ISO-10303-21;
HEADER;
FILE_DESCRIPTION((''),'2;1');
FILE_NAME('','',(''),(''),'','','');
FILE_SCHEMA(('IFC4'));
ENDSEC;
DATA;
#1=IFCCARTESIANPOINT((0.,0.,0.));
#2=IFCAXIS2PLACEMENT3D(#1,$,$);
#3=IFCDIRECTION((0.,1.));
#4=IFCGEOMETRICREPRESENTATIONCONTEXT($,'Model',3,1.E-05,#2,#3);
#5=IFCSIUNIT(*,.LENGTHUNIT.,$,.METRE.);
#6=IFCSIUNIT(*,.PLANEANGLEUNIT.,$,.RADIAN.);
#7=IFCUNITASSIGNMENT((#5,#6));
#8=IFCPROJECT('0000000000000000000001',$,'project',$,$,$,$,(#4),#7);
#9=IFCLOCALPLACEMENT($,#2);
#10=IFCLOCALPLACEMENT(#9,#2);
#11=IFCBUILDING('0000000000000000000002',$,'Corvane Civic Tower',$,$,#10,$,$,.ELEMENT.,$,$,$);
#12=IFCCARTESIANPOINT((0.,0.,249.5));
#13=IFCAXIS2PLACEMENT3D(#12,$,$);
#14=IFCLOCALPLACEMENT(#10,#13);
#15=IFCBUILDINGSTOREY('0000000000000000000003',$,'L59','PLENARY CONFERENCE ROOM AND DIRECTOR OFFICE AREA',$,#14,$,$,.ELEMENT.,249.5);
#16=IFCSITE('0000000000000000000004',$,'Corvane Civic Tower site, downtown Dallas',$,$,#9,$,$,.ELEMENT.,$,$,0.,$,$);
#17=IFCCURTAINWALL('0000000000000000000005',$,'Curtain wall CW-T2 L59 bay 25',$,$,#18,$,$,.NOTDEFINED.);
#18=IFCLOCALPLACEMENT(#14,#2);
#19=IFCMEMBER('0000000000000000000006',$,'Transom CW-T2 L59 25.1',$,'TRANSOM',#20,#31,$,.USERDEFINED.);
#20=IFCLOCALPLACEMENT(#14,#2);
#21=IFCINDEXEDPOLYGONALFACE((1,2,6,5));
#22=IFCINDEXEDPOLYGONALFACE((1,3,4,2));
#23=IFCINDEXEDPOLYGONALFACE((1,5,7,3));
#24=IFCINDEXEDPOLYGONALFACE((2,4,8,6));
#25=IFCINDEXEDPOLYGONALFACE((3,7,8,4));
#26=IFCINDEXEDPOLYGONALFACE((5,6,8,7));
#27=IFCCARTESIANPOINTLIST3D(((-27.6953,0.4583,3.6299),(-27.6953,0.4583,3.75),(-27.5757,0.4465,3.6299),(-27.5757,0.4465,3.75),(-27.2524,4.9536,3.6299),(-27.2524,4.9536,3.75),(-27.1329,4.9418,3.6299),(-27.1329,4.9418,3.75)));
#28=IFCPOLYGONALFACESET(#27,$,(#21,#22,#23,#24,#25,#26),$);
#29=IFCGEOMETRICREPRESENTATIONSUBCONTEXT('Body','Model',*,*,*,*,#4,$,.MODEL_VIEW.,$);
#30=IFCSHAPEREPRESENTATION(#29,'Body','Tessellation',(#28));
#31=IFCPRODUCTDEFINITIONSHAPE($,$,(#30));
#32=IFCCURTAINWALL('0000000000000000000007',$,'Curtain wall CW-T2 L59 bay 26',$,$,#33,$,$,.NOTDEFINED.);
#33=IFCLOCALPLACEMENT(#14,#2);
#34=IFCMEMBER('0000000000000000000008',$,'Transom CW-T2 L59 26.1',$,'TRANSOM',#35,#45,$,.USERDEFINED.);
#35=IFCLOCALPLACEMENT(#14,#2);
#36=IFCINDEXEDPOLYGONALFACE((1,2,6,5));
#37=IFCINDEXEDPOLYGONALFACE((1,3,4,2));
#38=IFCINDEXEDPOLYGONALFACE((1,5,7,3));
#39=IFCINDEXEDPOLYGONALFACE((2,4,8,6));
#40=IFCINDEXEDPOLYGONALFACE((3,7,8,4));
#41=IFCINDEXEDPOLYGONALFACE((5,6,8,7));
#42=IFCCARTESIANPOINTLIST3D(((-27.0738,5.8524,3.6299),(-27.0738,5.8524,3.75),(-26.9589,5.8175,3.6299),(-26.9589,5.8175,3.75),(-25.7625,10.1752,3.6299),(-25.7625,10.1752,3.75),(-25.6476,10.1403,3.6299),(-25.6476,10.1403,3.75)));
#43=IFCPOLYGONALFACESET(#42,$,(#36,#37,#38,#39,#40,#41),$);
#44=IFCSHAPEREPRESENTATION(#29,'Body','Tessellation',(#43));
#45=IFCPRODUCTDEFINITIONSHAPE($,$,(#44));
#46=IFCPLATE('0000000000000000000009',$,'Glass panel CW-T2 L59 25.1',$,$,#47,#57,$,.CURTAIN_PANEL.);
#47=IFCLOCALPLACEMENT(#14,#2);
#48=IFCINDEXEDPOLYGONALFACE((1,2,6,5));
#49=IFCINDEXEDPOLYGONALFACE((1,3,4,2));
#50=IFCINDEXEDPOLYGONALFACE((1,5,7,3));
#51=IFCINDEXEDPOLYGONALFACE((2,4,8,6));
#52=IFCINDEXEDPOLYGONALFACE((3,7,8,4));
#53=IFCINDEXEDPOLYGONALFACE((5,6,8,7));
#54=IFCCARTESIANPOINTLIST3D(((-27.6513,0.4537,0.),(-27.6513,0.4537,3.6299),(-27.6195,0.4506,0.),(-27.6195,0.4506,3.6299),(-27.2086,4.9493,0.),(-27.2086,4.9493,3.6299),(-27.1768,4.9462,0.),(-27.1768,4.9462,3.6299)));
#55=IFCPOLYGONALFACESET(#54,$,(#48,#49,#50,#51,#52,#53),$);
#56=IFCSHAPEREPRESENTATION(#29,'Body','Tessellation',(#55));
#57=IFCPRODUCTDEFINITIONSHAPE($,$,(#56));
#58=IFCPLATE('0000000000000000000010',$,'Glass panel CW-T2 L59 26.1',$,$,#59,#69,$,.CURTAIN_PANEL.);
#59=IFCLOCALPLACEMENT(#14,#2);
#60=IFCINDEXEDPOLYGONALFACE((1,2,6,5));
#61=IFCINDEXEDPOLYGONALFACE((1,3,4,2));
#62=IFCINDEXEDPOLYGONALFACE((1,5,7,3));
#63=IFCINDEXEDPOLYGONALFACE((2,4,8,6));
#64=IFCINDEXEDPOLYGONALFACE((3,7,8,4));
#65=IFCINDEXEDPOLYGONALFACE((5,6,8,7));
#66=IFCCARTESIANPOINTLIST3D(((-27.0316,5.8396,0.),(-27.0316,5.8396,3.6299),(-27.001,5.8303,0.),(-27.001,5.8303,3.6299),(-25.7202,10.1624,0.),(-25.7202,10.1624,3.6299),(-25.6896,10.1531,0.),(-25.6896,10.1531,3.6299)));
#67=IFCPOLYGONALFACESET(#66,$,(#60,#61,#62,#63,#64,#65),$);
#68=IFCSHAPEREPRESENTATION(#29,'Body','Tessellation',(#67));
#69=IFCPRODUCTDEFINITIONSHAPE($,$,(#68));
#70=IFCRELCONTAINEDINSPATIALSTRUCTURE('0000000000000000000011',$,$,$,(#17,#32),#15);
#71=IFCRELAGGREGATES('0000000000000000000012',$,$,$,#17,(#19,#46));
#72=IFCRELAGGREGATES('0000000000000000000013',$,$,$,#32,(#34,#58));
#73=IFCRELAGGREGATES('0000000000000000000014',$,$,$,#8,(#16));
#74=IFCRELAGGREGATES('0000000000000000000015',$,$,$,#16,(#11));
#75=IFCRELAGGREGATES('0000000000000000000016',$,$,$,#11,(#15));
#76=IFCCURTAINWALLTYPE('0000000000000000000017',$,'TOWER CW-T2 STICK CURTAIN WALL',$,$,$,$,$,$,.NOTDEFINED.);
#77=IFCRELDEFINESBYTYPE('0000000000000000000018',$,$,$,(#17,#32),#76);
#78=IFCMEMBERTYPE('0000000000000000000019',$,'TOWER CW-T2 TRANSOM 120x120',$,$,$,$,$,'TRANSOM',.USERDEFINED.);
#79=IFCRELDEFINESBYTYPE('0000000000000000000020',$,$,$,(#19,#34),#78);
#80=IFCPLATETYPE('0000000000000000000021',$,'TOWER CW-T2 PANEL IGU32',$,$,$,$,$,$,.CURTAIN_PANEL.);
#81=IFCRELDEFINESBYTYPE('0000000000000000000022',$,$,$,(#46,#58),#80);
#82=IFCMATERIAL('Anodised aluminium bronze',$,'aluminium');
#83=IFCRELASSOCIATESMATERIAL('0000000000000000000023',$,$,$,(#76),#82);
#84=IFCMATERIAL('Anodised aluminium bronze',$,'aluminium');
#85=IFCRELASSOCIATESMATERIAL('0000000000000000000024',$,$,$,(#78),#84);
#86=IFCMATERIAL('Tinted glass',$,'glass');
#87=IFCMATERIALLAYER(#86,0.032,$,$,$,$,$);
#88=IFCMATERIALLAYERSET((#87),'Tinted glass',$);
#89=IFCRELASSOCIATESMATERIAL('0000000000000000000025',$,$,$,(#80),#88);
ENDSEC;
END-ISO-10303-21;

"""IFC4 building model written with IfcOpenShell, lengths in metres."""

from ifc_helpers import new_model, si_unit, direction, frame, origin, origin_2d, place, context, subcontext, project, spatial, rectangle, extrude, material, layer, layer_set, material_profile, profile_set, type_object, element, aggregate, save


model = new_model("IFC4")

# Units and contexts
model_context = context("Model", 3, precision=1e-05, world=origin(), true_north=direction((0.0, 1.0)))
body_context = subcontext(model_context, "Body", "Model", "MODEL_VIEW")
ifc_project = project(units=[si_unit("LENGTHUNIT", "METRE"), si_unit("PLANEANGLEUNIT", "RADIAN")], contexts=[model_context])

# Site, building, storey
site_placement = place(None, origin())
site = spatial("IfcSite", under=ifc_project, at=site_placement, Name="Corvane Civic Tower site, downtown Dallas", CompositionType="ELEMENT", RefElevation=0.0)
building_placement = place(site_placement, origin())
building = spatial("IfcBuilding", under=site, at=building_placement, Name="Corvane Civic Tower", CompositionType="ELEMENT")
storey_placement = place(building_placement, frame((0.0, 0.0, 249.5)))
storey = spatial("IfcBuildingStorey", under=building, at=storey_placement, Name="L59", Description="PLENARY CONFERENCE ROOM AND DIRECTOR OFFICE AREA", CompositionType="ELEMENT", Elevation=249.5)

# Curtain walls, members
ifc_material_1 = material(Name="Anodised aluminium bronze", Category="aluminium")
curtain_wall_type = type_object("IfcCurtainWallType", Name="TOWER CW-T2 STICK CURTAIN WALL", PredefinedType="NOTDEFINED", material=ifc_material_1)
curtain_wall_1_placement = place(storey_placement, origin())
curtain_wall_1 = element("IfcCurtainWall", 1, at=curtain_wall_1_placement, inside=storey, type_object=curtain_wall_type, Name="Curtain wall CW-T2 L59 bay 25", PredefinedType="NOTDEFINED")
ifc_material_2 = material(Name="Anodised aluminium bronze", Category="aluminium")
ifc_material_profile_1 = material_profile(ifc_material_2, rectangle(XDim=0.1201, YDim=0.1201, at=origin_2d()), Name="TOWER CW-T2 TRANSOM 120x120")
ifc_profile_set_1 = profile_set([ifc_material_profile_1], Name="Anodised aluminium bronze")
member_type = type_object("IfcMemberType", Name="TOWER CW-T2 TRANSOM 120x120", ElementType="TRANSOM", PredefinedType="USERDEFINED", material=ifc_profile_set_1)
member_1_placement = place(storey_placement, frame((-27.6355, 0.4524, 3.6899), z_axis=(0.098043, 0.995182, 0.0), x_axis=(-0.995182, 0.098043, 0.0)))
member_1 = element("IfcMember", 2, at=member_1_placement, type_object=member_type, Name="Transom CW-T2 L59 25.1", ObjectType="TRANSOM", PredefinedType="USERDEFINED", context=body_context, shape_type="SweptSolid", body=[
    extrude(rectangle(XDim=0.1201, YDim=0.1201, at=origin_2d()), origin(), (0.0, 0.0, 1.0), 4.5171),
])
curtain_wall_2_placement = place(storey_placement, origin())
curtain_wall_2 = element("IfcCurtainWall", 3, at=curtain_wall_2_placement, inside=storey, type_object=curtain_wall_type, Name="Curtain wall CW-T2 L59 bay 26", PredefinedType="NOTDEFINED")
member_2_placement = place(storey_placement, frame((-27.0164, 5.835, 3.6899), z_axis=(0.290282, 0.956941, 0.0), x_axis=(-0.956941, 0.290282, 0.0)))
member_2 = element("IfcMember", 4, at=member_2_placement, type_object=member_type, Name="Transom CW-T2 L59 26.1", ObjectType="TRANSOM", PredefinedType="USERDEFINED", context=body_context, shape_type="SweptSolid", body=[
    extrude(rectangle(XDim=0.1201, YDim=0.1201, at=origin_2d()), origin(), (0.0, 0.0, 1.0), 4.5173),
])

# Plates
ifc_material_3 = material(Name="Tinted glass", Category="glass")
ifc_layer_1 = layer(ifc_material_3, 0.032)
ifc_layer_set_1 = layer_set([ifc_layer_1], Name="Tinted glass")
plate_type = type_object("IfcPlateType", Name="TOWER CW-T2 PANEL IGU32", PredefinedType="CURTAIN_PANEL", material=ifc_layer_set_1)
plate_1_placement = place(storey_placement, frame((-27.4141, 2.7, 0.0), z_axis=(0.0, 0.0, 1.0), x_axis=(0.097993, 0.995187, 0.0)))
plate_1 = element("IfcPlate", 5, at=plate_1_placement, type_object=plate_type, Name="Glass panel CW-T2 L59 25.1", PredefinedType="CURTAIN_PANEL", context=body_context, shape_type="SweptSolid", body=[
    extrude(rectangle(XDim=4.5173, YDim=0.032, at=origin_2d()), origin(), (0.0, 0.0, 1.0), 3.6299),
])
aggregate(curtain_wall_1, [member_1, plate_1])
plate_2_placement = place(storey_placement, frame((-26.3606, 7.9963, 0.0), z_axis=(0.0, 0.0, 1.0), x_axis=(0.29029, 0.956939, 0.0)))
plate_2 = element("IfcPlate", 6, at=plate_2_placement, type_object=plate_type, Name="Glass panel CW-T2 L59 26.1", PredefinedType="CURTAIN_PANEL", context=body_context, shape_type="SweptSolid", body=[
    extrude(rectangle(XDim=4.5173, YDim=0.032, at=origin_2d()), origin(), (0.0, 0.0, 1.0), 3.6299),
])
aggregate(curtain_wall_2, [member_2, plate_2])

save(model, "model.ifc")
